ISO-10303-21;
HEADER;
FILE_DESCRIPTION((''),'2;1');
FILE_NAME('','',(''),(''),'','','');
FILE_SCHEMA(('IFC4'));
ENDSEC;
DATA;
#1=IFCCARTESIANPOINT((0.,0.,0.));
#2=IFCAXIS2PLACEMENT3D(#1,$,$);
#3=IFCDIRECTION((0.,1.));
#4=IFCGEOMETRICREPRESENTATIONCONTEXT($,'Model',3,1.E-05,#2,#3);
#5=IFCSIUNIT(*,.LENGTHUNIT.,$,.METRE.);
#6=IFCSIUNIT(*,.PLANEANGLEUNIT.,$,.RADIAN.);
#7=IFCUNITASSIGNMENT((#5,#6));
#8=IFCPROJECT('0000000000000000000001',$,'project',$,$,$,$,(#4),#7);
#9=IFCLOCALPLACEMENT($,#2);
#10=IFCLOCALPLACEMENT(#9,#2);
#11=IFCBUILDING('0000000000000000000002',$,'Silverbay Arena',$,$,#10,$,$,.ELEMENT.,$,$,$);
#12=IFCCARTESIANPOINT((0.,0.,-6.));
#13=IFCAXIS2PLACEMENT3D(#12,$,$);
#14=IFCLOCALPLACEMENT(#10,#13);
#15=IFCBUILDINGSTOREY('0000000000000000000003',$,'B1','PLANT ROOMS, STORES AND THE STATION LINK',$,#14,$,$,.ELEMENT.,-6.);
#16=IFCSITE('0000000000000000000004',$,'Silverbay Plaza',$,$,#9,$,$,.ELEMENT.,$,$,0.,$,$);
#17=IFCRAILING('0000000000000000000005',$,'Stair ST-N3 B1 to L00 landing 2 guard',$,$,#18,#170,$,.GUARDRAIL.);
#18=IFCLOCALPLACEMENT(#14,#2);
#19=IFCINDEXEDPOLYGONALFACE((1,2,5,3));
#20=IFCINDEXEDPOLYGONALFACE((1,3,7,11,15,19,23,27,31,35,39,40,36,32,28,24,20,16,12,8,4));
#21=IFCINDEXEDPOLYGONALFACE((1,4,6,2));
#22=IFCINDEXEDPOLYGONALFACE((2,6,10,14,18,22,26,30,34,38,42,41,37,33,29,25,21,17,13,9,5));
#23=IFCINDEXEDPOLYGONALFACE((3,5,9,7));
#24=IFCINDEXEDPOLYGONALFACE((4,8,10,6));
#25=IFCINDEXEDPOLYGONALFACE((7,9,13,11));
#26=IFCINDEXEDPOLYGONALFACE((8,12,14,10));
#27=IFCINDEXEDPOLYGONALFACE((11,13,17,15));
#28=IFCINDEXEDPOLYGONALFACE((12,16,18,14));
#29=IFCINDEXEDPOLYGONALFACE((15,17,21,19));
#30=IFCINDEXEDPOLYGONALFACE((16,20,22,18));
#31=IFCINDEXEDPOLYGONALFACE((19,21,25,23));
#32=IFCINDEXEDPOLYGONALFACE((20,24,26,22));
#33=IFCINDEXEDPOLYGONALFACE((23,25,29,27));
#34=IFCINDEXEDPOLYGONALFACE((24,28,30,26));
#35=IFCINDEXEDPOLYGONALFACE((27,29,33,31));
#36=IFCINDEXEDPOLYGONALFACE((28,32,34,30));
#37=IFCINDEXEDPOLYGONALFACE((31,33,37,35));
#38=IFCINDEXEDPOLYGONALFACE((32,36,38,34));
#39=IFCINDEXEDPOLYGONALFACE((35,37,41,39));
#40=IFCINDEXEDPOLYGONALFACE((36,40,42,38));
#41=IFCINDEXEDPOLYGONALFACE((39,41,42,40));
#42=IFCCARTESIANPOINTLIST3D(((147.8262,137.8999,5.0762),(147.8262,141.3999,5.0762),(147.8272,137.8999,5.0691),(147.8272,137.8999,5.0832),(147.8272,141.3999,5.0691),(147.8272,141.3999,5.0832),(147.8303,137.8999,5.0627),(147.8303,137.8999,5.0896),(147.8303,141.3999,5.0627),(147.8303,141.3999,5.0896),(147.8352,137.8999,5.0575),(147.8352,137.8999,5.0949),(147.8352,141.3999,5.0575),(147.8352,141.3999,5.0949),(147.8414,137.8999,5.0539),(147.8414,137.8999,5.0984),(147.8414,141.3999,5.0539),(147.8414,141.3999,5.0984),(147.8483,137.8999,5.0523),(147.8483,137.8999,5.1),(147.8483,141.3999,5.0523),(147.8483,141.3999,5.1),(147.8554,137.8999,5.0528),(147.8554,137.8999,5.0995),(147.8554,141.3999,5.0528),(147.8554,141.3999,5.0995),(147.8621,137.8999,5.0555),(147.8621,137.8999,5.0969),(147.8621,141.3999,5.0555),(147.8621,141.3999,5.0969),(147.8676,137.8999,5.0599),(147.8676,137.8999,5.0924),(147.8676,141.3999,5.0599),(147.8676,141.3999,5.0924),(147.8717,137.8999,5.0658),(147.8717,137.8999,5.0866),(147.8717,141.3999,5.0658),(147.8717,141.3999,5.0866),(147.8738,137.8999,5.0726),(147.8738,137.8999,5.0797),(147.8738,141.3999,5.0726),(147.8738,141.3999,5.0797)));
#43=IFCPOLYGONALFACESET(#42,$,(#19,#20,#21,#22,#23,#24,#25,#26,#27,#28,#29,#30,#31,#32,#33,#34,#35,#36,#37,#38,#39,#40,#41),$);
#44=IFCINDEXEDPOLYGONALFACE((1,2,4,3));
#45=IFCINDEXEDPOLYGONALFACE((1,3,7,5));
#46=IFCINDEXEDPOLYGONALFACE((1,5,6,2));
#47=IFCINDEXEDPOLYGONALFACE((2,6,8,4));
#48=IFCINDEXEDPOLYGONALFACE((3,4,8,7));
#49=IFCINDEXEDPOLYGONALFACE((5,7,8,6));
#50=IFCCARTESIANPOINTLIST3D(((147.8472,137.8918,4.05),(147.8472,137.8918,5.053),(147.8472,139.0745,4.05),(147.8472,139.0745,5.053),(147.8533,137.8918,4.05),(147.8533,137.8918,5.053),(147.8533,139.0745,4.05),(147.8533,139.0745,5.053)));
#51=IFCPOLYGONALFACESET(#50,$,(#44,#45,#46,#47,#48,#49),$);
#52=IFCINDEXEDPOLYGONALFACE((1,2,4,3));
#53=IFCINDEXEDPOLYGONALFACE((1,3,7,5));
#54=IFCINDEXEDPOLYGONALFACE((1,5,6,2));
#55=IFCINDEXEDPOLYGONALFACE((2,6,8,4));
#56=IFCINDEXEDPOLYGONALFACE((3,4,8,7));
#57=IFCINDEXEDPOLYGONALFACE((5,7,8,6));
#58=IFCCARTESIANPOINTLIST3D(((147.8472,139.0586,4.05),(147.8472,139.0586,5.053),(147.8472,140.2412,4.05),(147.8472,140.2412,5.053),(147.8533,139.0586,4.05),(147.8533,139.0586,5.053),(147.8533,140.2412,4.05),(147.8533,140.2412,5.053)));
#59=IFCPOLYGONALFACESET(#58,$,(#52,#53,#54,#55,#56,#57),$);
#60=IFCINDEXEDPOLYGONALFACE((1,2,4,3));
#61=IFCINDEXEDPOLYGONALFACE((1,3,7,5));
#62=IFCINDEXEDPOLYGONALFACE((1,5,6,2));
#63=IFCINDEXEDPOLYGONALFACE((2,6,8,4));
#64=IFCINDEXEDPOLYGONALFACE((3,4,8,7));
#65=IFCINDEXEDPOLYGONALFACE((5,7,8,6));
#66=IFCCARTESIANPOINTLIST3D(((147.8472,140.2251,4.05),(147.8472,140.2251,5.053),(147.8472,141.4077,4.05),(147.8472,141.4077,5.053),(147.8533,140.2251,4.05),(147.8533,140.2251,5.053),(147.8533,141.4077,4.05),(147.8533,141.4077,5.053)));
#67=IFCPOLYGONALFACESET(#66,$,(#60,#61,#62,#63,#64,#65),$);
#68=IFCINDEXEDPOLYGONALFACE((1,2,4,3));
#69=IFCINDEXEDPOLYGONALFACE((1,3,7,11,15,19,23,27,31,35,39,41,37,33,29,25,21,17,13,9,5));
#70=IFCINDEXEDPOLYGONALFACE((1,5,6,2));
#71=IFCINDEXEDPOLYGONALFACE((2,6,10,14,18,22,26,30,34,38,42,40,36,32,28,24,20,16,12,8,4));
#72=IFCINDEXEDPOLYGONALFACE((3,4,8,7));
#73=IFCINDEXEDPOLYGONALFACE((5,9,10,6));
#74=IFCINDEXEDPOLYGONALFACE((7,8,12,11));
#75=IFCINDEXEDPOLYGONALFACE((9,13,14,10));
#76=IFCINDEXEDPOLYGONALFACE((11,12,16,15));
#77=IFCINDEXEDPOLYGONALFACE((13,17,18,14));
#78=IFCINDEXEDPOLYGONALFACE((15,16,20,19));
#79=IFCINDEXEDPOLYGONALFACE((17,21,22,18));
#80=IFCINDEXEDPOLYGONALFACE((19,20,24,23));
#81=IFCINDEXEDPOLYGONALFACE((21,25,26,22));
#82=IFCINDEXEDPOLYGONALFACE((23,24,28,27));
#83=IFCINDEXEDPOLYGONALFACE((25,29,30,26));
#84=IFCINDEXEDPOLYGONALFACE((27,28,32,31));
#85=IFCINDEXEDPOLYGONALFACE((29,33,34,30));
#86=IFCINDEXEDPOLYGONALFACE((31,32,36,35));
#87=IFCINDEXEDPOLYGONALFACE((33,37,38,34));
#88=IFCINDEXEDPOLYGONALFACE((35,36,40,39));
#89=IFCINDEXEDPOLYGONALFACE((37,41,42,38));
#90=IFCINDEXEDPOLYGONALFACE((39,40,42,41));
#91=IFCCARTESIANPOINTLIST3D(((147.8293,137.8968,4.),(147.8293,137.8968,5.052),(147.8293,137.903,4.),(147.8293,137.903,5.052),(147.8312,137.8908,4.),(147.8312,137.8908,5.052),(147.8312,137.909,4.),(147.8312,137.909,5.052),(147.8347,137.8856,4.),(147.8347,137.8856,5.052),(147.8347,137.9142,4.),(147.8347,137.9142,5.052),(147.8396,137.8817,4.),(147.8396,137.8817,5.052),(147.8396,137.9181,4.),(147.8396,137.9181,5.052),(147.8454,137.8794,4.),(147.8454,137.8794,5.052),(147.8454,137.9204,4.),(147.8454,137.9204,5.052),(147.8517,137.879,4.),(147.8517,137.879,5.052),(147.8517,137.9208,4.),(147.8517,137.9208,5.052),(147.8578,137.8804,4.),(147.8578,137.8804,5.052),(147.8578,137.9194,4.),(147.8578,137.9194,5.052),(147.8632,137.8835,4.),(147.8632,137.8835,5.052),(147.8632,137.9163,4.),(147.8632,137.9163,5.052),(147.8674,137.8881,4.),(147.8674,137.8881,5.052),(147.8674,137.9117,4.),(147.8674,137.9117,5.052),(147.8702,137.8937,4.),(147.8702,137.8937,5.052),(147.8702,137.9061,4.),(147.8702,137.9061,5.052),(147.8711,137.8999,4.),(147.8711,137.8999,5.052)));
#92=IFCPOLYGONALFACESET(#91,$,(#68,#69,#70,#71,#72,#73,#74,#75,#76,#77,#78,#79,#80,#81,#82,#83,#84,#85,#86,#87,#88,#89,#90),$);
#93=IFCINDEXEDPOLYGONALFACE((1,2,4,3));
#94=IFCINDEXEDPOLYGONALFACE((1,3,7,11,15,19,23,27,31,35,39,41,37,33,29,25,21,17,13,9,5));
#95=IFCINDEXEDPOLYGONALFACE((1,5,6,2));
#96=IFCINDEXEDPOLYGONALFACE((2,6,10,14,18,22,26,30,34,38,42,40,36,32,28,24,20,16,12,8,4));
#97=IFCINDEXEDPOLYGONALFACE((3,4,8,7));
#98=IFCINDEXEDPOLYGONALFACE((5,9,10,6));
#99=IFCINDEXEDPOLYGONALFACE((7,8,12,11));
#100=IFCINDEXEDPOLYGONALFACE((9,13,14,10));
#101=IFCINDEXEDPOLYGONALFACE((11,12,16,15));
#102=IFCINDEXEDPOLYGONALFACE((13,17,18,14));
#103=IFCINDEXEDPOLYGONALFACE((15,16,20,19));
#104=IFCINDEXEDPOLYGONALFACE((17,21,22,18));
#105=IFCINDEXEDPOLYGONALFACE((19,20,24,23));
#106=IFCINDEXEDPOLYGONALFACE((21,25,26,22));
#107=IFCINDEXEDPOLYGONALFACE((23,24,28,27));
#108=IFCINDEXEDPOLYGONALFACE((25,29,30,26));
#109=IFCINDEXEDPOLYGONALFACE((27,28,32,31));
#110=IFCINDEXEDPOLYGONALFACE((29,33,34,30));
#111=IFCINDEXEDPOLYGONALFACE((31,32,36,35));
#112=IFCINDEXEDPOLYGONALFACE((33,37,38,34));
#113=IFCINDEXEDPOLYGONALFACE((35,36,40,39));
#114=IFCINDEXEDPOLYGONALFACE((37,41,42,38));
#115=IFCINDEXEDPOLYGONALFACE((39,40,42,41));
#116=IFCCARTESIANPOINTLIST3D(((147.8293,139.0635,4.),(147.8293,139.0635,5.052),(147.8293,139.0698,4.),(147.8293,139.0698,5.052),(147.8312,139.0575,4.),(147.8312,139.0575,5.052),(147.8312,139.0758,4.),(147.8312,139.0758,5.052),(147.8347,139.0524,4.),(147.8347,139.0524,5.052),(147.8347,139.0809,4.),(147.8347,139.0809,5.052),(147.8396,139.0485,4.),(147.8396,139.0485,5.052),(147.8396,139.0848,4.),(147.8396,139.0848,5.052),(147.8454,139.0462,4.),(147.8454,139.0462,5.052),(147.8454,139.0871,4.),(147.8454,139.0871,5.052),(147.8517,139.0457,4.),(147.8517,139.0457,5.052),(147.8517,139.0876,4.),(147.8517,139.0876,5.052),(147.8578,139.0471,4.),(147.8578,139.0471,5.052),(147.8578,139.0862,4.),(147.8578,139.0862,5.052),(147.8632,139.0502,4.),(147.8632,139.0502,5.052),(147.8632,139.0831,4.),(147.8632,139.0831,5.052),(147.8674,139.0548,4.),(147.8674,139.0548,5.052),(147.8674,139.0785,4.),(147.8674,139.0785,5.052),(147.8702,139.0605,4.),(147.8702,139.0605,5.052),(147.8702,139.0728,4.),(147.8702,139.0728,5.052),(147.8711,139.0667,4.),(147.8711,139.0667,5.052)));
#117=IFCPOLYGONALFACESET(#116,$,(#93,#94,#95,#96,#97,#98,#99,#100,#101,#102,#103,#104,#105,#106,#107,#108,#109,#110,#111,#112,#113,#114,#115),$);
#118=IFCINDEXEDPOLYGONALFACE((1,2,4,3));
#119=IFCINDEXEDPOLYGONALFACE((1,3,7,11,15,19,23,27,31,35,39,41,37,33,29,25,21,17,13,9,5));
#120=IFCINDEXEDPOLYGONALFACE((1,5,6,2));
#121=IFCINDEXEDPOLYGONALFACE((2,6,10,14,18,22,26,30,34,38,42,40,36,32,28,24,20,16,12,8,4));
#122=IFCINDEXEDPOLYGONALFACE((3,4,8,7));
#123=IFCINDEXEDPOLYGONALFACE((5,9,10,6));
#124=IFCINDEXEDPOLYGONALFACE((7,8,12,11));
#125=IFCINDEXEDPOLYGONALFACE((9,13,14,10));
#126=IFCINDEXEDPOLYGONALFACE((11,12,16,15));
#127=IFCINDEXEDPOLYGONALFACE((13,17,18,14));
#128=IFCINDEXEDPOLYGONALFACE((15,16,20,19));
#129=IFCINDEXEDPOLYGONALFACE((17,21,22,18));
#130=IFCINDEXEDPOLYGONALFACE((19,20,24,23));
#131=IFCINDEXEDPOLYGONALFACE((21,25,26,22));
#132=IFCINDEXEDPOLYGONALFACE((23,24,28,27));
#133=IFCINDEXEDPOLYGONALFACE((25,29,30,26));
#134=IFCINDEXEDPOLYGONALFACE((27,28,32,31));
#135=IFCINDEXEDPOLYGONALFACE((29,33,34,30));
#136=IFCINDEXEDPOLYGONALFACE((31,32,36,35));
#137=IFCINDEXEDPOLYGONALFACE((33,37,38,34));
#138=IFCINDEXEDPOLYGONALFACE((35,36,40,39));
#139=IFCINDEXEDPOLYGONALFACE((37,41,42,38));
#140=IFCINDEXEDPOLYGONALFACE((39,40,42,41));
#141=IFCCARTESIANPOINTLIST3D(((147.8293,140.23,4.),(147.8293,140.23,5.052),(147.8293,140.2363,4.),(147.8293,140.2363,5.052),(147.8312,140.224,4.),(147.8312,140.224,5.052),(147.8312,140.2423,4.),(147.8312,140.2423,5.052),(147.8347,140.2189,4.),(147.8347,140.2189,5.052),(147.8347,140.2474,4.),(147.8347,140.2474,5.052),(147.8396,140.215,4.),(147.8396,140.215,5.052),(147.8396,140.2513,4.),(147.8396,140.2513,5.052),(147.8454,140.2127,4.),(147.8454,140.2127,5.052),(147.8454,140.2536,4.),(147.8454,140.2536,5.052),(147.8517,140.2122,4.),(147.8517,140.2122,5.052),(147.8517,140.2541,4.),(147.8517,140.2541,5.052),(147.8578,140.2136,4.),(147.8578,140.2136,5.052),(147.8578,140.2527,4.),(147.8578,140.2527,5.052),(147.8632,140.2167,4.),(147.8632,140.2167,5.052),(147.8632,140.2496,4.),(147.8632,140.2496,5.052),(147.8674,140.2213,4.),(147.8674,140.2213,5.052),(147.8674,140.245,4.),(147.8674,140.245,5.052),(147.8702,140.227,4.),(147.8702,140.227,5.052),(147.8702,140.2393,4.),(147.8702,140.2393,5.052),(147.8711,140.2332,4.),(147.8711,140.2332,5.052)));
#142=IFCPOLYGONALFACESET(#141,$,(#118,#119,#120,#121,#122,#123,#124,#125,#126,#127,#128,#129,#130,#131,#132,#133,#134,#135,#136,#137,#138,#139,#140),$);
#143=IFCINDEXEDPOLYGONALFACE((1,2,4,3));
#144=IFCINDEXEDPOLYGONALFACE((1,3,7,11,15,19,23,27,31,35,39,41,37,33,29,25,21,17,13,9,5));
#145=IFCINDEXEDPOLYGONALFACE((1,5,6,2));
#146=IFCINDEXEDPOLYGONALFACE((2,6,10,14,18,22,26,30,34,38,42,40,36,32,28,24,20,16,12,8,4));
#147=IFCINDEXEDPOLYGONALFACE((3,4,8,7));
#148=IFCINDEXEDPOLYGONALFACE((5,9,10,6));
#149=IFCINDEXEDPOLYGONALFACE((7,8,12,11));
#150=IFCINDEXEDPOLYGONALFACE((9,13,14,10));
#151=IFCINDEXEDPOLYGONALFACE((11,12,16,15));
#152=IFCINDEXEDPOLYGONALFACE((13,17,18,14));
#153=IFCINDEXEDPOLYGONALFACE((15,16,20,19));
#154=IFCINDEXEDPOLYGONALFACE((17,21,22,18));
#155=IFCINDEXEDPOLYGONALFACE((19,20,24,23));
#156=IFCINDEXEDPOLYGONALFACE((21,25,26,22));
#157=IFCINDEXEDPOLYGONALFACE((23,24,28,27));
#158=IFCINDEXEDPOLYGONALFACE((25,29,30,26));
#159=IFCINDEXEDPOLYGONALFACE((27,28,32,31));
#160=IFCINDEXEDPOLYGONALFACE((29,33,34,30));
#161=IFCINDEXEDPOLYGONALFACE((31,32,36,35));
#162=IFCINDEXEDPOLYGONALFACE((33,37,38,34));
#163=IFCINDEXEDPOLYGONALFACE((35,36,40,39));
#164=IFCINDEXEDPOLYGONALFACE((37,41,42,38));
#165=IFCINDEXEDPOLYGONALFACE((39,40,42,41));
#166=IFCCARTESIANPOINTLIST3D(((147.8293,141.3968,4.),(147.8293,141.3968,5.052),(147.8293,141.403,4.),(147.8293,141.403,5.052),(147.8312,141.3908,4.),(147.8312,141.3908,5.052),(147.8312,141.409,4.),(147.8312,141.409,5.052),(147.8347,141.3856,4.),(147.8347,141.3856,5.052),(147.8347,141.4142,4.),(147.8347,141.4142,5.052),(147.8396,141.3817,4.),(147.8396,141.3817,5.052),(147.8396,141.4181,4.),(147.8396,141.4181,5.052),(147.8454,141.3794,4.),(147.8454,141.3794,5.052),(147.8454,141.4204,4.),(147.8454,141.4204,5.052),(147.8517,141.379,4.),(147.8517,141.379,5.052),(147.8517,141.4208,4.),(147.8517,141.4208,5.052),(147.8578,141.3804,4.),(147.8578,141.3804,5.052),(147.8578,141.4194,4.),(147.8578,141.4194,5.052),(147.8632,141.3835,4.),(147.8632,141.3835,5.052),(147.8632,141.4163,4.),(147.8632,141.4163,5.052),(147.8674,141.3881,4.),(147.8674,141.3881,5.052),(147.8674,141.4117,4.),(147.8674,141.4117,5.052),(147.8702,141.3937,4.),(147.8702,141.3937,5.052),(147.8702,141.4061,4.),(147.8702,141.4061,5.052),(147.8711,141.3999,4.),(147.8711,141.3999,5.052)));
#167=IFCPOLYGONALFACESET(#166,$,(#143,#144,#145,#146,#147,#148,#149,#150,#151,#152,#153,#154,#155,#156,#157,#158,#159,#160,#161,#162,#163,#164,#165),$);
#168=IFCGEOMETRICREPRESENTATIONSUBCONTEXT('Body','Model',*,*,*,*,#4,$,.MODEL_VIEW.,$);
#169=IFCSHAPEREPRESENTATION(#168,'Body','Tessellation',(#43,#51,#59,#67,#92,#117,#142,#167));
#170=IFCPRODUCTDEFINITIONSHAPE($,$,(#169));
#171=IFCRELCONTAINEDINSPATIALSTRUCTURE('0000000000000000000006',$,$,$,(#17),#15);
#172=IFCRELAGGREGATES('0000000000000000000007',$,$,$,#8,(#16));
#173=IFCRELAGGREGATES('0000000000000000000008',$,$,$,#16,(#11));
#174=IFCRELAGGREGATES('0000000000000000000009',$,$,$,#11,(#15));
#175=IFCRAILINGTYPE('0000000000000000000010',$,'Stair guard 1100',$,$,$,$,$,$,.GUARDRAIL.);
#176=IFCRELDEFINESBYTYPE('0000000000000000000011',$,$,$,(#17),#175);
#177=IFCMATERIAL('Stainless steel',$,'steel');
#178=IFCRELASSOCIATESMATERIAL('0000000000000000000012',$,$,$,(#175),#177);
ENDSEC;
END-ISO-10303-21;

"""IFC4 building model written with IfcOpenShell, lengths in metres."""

from ifc_helpers import new_model, si_unit, direction, frame, origin, origin_2d, place, context, subcontext, project, spatial, polyline, circle, outline, extrude, material, type_object, element, save


model = new_model("IFC4")

# Units and contexts
model_context = context("Model", 3, precision=1e-05, world=origin(), true_north=direction((0.0, 1.0)))
body_context = subcontext(model_context, "Body", "Model", "MODEL_VIEW")
ifc_project = project(units=[si_unit("LENGTHUNIT", "METRE"), si_unit("PLANEANGLEUNIT", "RADIAN")], contexts=[model_context])

# Site, building, storey
site_placement = place(None, origin())
site = spatial("IfcSite", under=ifc_project, at=site_placement, Name="Silverbay Plaza", CompositionType="ELEMENT", RefElevation=0.0)
building_placement = place(site_placement, origin())
building = spatial("IfcBuilding", under=site, at=building_placement, Name="Silverbay Arena", CompositionType="ELEMENT")
storey_placement = place(building_placement, frame((0.0, 0.0, -6.0)))
storey = spatial("IfcBuildingStorey", under=building, at=storey_placement, Name="B1", Description="PLANT ROOMS, STORES AND THE STATION LINK", CompositionType="ELEMENT", Elevation=-6.0)

# Railing
ifc_material_1 = material(Name="Stainless steel", Category="steel")
railing_type_1 = type_object("IfcRailingType", Name="Stair guard 1100", PredefinedType="GUARDRAIL", material=ifc_material_1)
railing_1_placement = place(storey_placement, frame((147.8501, 137.8999, 4.0)))
element("IfcRailing", 1, at=railing_1_placement, inside=storey, type_object=railing_type_1, Name="Stair ST-N3 B1 to L00 landing 2 guard", PredefinedType="GUARDRAIL", context=body_context, shape_type="SweptSolid", body=[
    extrude(circle(Radius=0.0239, at=origin_2d()), frame((0.0, 0.0, 1.0762), z_axis=(0.0, 1.0, 0.0), x_axis=(-1.0, 0.0, 0.0)), (0.0, 0.0, 1.0), 3.5),
    extrude(outline(polyline([(-0.0081, 0.05), (1.1746, 0.05), (1.1746, 1.053), (-0.0081, 1.053), (-0.0081, 0.05)])), frame((-0.0029, 0.0, 0.0), z_axis=(1.0, 0.0, 0.0), x_axis=(0.0, 1.0, 0.0)), (0.0, 0.0, 1.0), 0.0061),
    extrude(outline(polyline([(-0.0081, 0.05), (1.1746, 0.05), (1.1746, 1.053), (-0.0081, 1.053), (-0.0081, 0.05)])), frame((-0.0029, 1.1667, 0.0), z_axis=(1.0, 0.0, 0.0), x_axis=(0.0, 1.0, 0.0)), (0.0, 0.0, 1.0), 0.0061),
    extrude(outline(polyline([(-0.0081, 0.05), (1.1746, 0.05), (1.1746, 1.053), (-0.0081, 1.053), (-0.0081, 0.05)])), frame((-0.0029, 2.3333, 0.0), z_axis=(1.0, 0.0, 0.0), x_axis=(0.0, 1.0, 0.0)), (0.0, 0.0, 1.0), 0.0061),
    extrude(circle(Radius=0.021, at=origin_2d()), origin(), (0.0, 0.0, 1.0), 1.052),
    extrude(circle(Radius=0.021, at=origin_2d()), frame((0.0, 1.1667, 0.0)), (0.0, 0.0, 1.0), 1.052),
    extrude(circle(Radius=0.021, at=origin_2d()), frame((0.0, 2.3333, 0.0)), (0.0, 0.0, 1.0), 1.052),
    extrude(circle(Radius=0.021, at=origin_2d()), frame((0.0, 3.5, 0.0)), (0.0, 0.0, 1.0), 1.052),
])

save(model, "model.ifc")
